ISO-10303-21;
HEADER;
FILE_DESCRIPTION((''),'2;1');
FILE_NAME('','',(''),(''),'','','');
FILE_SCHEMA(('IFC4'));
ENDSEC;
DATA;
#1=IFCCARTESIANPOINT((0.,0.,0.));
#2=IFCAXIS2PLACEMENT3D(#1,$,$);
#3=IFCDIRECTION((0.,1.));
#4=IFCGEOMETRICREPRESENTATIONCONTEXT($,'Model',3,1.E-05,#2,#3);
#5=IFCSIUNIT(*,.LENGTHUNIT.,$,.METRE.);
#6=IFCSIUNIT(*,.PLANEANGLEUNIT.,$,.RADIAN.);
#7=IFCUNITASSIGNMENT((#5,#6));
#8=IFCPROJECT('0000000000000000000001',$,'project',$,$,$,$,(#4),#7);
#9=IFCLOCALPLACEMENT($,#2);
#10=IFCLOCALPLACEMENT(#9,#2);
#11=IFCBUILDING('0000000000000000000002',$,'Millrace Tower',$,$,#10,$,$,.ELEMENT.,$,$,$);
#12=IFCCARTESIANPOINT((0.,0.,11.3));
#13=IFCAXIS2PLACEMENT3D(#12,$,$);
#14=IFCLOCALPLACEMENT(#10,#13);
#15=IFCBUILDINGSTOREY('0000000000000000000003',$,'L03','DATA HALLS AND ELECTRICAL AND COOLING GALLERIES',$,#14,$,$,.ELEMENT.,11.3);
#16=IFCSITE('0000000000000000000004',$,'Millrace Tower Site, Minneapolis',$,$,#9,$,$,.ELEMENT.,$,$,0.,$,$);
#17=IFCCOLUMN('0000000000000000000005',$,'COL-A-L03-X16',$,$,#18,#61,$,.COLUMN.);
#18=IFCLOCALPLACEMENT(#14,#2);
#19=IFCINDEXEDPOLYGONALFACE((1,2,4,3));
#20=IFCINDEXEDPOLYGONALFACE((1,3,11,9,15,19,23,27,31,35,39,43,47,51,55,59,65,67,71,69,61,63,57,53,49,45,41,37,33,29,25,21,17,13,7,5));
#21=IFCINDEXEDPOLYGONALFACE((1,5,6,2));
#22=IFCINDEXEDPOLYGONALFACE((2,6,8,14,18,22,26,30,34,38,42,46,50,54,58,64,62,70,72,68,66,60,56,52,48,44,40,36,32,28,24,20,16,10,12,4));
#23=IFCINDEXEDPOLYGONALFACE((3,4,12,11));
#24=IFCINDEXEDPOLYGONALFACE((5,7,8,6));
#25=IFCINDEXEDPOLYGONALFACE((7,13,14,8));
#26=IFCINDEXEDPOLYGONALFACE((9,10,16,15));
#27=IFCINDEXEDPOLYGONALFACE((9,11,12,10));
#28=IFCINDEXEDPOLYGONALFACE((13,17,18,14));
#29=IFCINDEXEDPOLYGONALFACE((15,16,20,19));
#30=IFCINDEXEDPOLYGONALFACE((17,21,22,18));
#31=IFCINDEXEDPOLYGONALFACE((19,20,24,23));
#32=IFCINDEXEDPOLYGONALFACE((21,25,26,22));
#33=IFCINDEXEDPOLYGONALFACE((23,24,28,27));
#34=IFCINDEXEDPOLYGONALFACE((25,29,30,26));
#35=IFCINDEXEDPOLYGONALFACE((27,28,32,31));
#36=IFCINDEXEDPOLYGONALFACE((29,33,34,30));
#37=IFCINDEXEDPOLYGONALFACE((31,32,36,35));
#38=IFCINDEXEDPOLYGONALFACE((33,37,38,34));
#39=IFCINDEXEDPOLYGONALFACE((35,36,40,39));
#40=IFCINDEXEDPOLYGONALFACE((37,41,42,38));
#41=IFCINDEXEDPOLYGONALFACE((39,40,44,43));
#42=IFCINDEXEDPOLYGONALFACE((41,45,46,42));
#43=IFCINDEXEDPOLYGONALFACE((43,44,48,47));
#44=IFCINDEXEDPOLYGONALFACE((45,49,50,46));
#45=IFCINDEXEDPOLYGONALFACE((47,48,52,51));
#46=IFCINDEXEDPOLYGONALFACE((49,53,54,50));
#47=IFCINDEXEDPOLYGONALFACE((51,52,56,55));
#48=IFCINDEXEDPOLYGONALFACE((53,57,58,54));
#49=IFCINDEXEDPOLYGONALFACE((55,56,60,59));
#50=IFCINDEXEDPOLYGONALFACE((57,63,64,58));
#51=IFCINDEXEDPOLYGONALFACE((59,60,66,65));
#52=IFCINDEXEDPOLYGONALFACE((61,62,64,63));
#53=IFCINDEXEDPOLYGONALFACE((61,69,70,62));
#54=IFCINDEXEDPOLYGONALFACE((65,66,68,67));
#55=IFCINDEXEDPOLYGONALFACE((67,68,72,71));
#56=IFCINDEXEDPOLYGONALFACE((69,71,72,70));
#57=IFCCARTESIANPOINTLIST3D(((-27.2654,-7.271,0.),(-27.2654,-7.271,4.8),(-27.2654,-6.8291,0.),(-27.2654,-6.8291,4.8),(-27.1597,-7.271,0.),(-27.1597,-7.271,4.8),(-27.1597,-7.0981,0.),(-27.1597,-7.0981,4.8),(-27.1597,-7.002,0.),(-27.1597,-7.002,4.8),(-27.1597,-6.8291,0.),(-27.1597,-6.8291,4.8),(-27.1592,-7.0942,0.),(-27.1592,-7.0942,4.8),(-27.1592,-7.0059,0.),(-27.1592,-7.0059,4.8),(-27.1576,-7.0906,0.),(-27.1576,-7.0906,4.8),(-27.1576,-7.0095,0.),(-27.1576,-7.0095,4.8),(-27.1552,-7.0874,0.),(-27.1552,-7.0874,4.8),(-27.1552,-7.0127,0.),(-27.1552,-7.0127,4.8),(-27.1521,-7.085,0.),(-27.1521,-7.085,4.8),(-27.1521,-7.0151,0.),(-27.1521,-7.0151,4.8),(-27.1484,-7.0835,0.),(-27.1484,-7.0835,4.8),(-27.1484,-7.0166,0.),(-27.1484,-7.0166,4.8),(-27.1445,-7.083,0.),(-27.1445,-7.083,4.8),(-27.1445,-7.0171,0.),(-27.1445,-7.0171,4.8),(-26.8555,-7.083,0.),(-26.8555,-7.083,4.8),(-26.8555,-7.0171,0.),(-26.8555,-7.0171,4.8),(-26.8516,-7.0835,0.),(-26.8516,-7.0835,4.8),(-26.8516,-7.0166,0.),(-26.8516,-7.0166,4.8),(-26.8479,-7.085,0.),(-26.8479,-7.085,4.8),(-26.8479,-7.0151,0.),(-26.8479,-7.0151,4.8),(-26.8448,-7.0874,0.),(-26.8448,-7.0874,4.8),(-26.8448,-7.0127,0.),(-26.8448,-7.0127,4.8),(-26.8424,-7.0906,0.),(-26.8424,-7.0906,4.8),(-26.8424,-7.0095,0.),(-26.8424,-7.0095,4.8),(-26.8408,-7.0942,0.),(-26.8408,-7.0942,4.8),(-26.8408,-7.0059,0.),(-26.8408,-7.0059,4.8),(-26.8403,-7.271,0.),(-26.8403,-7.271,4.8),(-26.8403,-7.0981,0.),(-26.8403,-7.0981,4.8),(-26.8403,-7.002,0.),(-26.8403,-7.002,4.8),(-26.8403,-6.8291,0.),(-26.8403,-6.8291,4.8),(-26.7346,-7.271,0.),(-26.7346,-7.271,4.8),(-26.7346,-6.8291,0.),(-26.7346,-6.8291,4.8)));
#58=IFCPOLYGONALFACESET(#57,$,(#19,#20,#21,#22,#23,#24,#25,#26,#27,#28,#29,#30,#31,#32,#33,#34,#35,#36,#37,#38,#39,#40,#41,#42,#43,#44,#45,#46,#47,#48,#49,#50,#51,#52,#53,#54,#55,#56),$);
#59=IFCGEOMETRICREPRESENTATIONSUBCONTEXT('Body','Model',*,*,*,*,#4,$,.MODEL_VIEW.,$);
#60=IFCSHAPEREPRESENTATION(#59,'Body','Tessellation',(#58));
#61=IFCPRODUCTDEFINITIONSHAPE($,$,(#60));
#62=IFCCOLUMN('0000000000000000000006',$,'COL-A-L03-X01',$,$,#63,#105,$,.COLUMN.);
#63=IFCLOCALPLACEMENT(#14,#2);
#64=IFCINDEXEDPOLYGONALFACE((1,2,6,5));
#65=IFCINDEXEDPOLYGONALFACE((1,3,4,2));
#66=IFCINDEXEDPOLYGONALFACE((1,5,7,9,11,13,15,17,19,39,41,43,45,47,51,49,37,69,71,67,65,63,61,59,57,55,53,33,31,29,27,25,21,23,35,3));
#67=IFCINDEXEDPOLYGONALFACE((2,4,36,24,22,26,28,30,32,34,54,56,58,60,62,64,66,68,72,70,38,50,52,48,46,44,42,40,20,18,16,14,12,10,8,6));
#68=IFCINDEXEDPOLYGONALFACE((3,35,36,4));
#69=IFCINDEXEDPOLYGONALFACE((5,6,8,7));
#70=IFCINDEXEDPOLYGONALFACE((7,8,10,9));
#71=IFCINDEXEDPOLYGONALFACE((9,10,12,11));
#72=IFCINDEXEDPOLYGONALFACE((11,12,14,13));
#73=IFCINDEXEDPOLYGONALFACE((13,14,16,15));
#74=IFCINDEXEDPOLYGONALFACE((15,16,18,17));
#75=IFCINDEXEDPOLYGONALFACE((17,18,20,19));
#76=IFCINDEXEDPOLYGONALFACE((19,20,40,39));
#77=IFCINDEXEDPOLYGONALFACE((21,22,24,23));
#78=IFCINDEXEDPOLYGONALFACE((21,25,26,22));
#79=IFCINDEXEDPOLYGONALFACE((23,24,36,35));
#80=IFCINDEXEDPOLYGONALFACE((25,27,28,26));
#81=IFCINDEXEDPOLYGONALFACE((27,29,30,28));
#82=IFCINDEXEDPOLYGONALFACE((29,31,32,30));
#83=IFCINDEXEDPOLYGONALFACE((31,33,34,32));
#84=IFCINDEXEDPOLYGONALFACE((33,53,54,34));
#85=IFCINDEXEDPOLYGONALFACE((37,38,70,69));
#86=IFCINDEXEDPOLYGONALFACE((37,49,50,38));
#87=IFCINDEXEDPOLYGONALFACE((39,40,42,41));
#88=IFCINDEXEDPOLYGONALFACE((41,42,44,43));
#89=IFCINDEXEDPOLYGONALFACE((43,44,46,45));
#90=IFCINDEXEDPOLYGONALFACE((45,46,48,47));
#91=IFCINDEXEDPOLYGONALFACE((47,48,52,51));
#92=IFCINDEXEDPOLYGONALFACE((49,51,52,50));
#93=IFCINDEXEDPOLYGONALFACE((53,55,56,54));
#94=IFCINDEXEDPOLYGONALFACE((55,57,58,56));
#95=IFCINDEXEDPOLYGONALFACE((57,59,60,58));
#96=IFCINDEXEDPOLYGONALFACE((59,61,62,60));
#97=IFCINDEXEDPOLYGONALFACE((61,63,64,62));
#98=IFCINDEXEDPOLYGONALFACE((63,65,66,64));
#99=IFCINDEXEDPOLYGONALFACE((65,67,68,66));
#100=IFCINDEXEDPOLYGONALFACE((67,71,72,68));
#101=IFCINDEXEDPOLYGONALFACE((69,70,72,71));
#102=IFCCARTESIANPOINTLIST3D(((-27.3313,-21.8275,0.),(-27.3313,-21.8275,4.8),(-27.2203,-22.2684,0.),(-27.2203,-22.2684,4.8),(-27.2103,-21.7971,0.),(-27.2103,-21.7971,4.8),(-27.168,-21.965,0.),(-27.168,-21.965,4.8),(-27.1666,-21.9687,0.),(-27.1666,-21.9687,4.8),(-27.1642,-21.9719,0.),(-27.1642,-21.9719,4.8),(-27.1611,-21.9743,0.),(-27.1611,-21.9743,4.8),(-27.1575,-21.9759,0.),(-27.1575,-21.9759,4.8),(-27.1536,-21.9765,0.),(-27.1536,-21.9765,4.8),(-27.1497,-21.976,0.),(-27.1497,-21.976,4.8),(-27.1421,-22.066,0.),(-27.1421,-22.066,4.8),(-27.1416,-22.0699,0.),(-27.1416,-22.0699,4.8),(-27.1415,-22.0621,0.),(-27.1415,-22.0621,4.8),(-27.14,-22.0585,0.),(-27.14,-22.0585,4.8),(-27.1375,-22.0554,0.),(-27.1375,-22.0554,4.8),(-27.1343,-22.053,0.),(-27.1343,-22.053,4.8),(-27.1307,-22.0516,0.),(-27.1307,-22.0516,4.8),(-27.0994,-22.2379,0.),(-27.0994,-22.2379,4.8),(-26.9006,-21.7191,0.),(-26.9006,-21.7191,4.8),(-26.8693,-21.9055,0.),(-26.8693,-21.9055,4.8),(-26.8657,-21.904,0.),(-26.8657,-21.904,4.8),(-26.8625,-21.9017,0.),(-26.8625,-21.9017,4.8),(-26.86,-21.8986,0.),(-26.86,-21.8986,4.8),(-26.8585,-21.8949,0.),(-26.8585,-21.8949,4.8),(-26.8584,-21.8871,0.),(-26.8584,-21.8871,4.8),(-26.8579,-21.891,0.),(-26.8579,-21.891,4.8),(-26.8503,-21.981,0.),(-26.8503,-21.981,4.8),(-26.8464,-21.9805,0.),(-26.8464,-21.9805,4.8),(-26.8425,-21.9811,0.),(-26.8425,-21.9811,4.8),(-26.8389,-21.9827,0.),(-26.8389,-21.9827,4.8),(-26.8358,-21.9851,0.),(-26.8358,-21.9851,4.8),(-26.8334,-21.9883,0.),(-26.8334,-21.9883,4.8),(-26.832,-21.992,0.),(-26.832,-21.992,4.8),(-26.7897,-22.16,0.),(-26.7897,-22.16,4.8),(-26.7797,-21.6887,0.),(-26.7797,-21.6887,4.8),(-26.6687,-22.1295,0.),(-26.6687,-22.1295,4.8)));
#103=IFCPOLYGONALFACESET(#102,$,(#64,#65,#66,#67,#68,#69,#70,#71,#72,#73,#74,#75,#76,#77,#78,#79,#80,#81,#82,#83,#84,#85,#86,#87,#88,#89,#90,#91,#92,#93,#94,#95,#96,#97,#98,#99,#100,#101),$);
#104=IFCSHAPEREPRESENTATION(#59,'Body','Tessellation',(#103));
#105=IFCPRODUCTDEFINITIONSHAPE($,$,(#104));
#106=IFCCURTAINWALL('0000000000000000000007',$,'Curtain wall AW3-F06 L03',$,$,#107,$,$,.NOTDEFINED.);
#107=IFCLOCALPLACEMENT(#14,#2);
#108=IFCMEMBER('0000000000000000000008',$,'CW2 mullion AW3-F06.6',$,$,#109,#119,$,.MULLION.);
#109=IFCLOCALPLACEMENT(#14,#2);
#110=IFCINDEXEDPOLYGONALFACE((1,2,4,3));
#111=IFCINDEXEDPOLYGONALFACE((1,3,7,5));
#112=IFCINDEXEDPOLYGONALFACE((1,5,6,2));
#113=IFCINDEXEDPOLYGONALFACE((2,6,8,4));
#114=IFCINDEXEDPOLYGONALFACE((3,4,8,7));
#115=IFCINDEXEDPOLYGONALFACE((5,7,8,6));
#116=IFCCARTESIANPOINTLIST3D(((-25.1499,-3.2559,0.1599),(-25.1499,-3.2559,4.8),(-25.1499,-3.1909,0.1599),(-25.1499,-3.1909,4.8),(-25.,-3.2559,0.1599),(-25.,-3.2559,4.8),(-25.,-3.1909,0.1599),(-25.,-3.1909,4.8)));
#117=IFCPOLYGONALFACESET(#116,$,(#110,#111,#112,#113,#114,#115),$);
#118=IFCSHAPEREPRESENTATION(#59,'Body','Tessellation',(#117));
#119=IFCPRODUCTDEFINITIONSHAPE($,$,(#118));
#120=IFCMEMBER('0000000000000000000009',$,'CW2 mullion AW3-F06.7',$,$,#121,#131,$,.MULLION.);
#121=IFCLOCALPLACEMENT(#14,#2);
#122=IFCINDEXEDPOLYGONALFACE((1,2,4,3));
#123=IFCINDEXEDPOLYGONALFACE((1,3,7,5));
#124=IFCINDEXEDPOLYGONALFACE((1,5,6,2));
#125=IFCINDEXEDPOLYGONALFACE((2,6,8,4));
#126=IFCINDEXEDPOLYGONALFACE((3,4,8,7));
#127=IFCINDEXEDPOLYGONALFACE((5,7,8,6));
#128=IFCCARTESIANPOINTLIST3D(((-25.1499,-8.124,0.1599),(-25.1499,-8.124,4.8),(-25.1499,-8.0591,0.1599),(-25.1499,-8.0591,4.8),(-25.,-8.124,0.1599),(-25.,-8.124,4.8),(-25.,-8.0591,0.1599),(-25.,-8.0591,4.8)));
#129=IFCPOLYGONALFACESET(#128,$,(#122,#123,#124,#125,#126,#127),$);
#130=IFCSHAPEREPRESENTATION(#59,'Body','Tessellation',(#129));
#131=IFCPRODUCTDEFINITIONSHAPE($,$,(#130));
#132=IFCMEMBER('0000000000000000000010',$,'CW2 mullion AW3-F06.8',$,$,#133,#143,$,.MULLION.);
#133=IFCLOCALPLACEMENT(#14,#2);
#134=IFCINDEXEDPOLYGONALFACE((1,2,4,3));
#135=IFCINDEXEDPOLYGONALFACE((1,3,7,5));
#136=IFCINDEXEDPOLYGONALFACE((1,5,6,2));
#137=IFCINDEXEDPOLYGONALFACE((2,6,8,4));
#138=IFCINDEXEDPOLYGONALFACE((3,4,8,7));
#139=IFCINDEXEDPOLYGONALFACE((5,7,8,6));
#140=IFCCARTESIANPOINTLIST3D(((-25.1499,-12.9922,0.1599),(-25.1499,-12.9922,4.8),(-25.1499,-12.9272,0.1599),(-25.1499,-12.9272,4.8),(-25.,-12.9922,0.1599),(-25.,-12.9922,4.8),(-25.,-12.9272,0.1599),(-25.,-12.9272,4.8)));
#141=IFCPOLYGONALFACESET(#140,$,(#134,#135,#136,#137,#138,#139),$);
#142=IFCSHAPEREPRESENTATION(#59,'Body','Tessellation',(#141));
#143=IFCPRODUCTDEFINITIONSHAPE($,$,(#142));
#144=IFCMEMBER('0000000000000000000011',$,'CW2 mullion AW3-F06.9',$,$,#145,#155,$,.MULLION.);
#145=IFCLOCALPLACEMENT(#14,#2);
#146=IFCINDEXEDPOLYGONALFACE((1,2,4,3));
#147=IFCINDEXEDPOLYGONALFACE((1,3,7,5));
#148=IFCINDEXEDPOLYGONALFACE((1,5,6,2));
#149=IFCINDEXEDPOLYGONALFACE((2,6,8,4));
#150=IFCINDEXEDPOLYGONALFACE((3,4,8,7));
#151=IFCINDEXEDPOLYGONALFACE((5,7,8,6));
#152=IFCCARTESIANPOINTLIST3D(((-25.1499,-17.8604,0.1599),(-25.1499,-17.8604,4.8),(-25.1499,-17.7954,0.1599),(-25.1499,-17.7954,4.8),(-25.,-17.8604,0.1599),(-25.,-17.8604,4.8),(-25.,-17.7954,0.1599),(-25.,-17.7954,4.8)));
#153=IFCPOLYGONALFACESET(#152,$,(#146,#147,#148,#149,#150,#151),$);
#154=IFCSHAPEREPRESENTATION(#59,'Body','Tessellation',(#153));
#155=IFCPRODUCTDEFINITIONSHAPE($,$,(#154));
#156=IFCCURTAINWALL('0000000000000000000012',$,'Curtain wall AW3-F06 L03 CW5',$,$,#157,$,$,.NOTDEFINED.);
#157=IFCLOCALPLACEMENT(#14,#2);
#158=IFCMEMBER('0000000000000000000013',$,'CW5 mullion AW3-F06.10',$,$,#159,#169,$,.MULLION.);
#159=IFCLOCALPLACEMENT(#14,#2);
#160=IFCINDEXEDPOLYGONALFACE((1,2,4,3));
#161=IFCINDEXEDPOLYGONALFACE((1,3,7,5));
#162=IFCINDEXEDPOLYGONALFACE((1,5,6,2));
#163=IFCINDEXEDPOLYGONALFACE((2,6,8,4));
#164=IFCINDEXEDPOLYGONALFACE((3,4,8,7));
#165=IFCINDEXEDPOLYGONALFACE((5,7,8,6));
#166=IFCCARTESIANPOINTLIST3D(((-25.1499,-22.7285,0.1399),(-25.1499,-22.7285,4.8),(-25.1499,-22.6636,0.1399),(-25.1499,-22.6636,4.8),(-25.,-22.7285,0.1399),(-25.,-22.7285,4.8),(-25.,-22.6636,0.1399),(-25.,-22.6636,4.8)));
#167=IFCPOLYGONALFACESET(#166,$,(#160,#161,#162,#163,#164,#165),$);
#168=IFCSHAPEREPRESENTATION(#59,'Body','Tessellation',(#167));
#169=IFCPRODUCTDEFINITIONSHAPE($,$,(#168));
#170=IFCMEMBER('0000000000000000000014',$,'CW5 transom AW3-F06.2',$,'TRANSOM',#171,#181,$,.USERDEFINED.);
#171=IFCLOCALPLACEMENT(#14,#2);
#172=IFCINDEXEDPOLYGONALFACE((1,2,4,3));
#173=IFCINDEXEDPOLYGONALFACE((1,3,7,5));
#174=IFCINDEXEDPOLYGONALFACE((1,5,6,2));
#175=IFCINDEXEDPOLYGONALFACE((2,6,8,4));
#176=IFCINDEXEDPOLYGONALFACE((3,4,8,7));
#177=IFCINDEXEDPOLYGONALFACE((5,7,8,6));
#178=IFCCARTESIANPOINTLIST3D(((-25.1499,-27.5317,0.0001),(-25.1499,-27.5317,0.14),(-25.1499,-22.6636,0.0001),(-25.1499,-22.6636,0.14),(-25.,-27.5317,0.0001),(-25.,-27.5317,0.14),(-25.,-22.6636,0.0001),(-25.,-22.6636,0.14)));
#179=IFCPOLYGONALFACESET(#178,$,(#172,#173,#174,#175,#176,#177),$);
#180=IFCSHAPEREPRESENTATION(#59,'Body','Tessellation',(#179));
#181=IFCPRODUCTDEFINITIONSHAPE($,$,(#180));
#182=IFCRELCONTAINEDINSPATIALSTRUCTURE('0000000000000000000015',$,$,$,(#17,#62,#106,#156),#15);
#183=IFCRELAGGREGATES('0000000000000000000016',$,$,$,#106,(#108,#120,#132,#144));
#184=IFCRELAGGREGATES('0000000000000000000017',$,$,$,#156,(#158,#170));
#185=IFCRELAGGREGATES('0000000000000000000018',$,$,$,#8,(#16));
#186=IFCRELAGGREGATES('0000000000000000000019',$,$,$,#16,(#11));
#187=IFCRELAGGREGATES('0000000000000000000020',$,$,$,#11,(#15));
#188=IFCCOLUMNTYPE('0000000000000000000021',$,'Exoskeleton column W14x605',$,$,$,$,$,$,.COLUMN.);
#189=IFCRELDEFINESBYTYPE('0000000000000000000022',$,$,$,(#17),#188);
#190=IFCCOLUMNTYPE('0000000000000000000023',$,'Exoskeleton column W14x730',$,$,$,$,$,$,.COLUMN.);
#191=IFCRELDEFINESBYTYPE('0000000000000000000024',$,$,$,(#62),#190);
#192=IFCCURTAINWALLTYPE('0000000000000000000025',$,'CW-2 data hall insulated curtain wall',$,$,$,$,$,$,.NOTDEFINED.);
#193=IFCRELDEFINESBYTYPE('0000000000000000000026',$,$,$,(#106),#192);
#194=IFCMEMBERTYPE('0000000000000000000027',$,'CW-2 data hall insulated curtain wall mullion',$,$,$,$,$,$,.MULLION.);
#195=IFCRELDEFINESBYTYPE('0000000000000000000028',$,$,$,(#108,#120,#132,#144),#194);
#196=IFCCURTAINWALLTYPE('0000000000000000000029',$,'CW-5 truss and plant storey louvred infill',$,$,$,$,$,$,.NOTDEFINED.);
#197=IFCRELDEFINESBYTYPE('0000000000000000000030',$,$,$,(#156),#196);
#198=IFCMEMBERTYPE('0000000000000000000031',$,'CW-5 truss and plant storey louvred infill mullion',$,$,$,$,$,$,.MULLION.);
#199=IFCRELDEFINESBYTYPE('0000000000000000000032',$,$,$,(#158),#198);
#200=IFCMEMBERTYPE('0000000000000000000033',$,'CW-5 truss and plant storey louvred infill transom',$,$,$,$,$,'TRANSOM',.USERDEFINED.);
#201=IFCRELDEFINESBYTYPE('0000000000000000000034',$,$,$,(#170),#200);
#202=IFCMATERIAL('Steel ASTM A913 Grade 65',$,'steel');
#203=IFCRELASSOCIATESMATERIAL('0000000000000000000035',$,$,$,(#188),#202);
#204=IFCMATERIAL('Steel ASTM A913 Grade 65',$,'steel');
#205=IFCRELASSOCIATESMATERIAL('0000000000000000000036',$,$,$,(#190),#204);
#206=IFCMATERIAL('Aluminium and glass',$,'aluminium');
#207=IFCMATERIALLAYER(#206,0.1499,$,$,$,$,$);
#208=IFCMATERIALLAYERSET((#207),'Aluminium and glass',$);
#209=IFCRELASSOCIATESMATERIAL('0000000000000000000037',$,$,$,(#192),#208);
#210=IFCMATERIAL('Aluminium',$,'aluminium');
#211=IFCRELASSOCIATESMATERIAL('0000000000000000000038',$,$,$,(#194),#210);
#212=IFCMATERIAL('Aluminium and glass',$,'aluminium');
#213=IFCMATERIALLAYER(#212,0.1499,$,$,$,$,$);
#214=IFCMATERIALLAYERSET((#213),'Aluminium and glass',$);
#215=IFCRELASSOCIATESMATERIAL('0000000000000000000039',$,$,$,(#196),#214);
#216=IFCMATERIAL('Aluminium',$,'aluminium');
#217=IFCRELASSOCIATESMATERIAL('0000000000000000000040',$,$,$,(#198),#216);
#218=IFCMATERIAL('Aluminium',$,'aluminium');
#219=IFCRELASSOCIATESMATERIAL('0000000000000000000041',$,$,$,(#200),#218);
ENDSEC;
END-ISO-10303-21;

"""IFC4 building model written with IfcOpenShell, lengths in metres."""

from ifc_helpers import new_model, si_unit, direction, frame, origin, origin_2d, place, context, subcontext, project, spatial, rectangle, i_section, extrude, material, layer, layer_set, material_profile, profile_set, type_object, element, aggregate, save


model = new_model("IFC4")

# Units and contexts
model_context = context("Model", 3, precision=1e-05, world=origin(), true_north=direction((0.0, 1.0)))
body_context = subcontext(model_context, "Body", "Model", "MODEL_VIEW")
ifc_project = project(units=[si_unit("LENGTHUNIT", "METRE"), si_unit("PLANEANGLEUNIT", "RADIAN")], contexts=[model_context])

# Site, building, storey
site_placement = place(None, origin())
site = spatial("IfcSite", under=ifc_project, at=site_placement, Name="Millrace Tower Site, Minneapolis", CompositionType="ELEMENT", RefElevation=0.0)
building_placement = place(site_placement, origin())
building = spatial("IfcBuilding", under=site, at=building_placement, Name="Millrace Tower", CompositionType="ELEMENT")
storey_placement = place(building_placement, frame((0.0, 0.0, 11.3)))
storey = spatial("IfcBuildingStorey", under=building, at=storey_placement, Name="L03", Description="DATA HALLS AND ELECTRICAL AND COOLING GALLERIES", CompositionType="ELEMENT", Elevation=11.3)

# Columns
ifc_material_1 = material(Name="Steel ASTM A913 Grade 65", Category="steel")
ifc_material_profile_1 = material_profile(ifc_material_1, i_section(OverallWidth=0.4419, OverallDepth=0.5308, WebThickness=0.0659, FlangeThickness=0.1057, FilletRadius=0.0151, at=origin_2d()))
ifc_profile_set_1 = profile_set([ifc_material_profile_1], Name="Steel ASTM A913 Grade 65")
column_type_1 = type_object("IfcColumnType", Name="Exoskeleton column W14x605", PredefinedType="COLUMN", material=ifc_profile_set_1)
column_1_placement = place(storey_placement, frame((-27.0, -7.05, 0.0), z_axis=(0.0, 0.0, 1.0), x_axis=(0.0, -1.0, 0.0)))
element("IfcColumn", 1, at=column_1_placement, inside=storey, type_object=column_type_1, Name="COL-A-L03-X16", PredefinedType="COLUMN", context=body_context, shape_type="SweptSolid", body=[
    extrude(i_section(OverallWidth=0.4419, OverallDepth=0.5308, WebThickness=0.0659, FlangeThickness=0.1057, FilletRadius=0.0151, at=origin_2d()), origin(), (0.0, 0.0, 1.0), 4.8),
])
ifc_material_2 = material(Name="Steel ASTM A913 Grade 65", Category="steel")
ifc_material_profile_2 = material_profile(ifc_material_2, i_section(OverallWidth=0.4546, OverallDepth=0.5688, WebThickness=0.0779, FlangeThickness=0.1248, FilletRadius=0.0151, at=origin_2d()))
ifc_profile_set_2 = profile_set([ifc_material_profile_2], Name="Steel ASTM A913 Grade 65")
column_type_2 = type_object("IfcColumnType", Name="Exoskeleton column W14x730", PredefinedType="COLUMN", material=ifc_profile_set_2)
column_2_placement = place(storey_placement, frame((-27.0, -21.9785, 0.0), z_axis=(0.0, 0.0, 1.0), x_axis=(0.244094, -0.969752, 0.0)))
element("IfcColumn", 2, at=column_2_placement, inside=storey, type_object=column_type_2, Name="COL-A-L03-X01", PredefinedType="COLUMN", context=body_context, shape_type="SweptSolid", body=[
    extrude(i_section(OverallWidth=0.4546, OverallDepth=0.5688, WebThickness=0.0779, FlangeThickness=0.1248, FilletRadius=0.0151, at=origin_2d()), origin(), (0.0, 0.0, 1.0), 4.8),
])

# Curtain walls, members
ifc_material_3 = material(Name="Aluminium and glass", Category="aluminium")
ifc_layer_1 = layer(ifc_material_3, 0.1499)
ifc_layer_set_1 = layer_set([ifc_layer_1], Name="Aluminium and glass")
curtain_wall_type_1 = type_object("IfcCurtainWallType", Name="CW-2 data hall insulated curtain wall", PredefinedType="NOTDEFINED", material=ifc_layer_set_1)
placement = place(storey_placement, origin())
curtain_wall_1 = element("IfcCurtainWall", 3, at=placement, inside=storey, type_object=curtain_wall_type_1, Name="Curtain wall AW3-F06 L03", PredefinedType="NOTDEFINED")
ifc_material_4 = material(Name="Aluminium", Category="aluminium")
ifc_material_profile_3 = material_profile(ifc_material_4, rectangle(XDim=0.0649, YDim=0.1499, at=origin_2d()))
ifc_profile_set_3 = profile_set([ifc_material_profile_3], Name="Aluminium")
member_type_1 = type_object("IfcMemberType", Name="CW-2 data hall insulated curtain wall mullion", PredefinedType="MULLION", material=ifc_profile_set_3)
member_1_placement = place(storey_placement, frame((-25.075, -3.2234, 0.1599), z_axis=(0.0, 0.0, 1.0), x_axis=(0.0, -1.0, 0.0)))
member_1 = element("IfcMember", 4, at=member_1_placement, type_object=member_type_1, Name="CW2 mullion AW3-F06.6", PredefinedType="MULLION", context=body_context, shape_type="SweptSolid", body=[
    extrude(rectangle(XDim=0.0649, YDim=0.1499, at=origin_2d()), origin(), (0.0, 0.0, 1.0), 4.6401),
])
member_2_placement = place(storey_placement, frame((-25.075, -8.0916, 0.1599), z_axis=(0.0, 0.0, 1.0), x_axis=(0.0, -1.0, 0.0)))
member_2 = element("IfcMember", 5, at=member_2_placement, type_object=member_type_1, Name="CW2 mullion AW3-F06.7", PredefinedType="MULLION", context=body_context, shape_type="SweptSolid", body=[
    extrude(rectangle(XDim=0.0649, YDim=0.1499, at=origin_2d()), origin(), (0.0, 0.0, 1.0), 4.6401),
])
member_3_placement = place(storey_placement, frame((-25.075, -12.9597, 0.1599), z_axis=(0.0, 0.0, 1.0), x_axis=(0.0, -1.0, 0.0)))
member_3 = element("IfcMember", 6, at=member_3_placement, type_object=member_type_1, Name="CW2 mullion AW3-F06.8", PredefinedType="MULLION", context=body_context, shape_type="SweptSolid", body=[
    extrude(rectangle(XDim=0.0649, YDim=0.1499, at=origin_2d()), origin(), (0.0, 0.0, 1.0), 4.6401),
])
member_4_placement = place(storey_placement, frame((-25.075, -17.8279, 0.1599), z_axis=(0.0, 0.0, 1.0), x_axis=(0.0, -1.0, 0.0)))
member_4 = element("IfcMember", 7, at=member_4_placement, type_object=member_type_1, Name="CW2 mullion AW3-F06.9", PredefinedType="MULLION", context=body_context, shape_type="SweptSolid", body=[
    extrude(rectangle(XDim=0.0649, YDim=0.1499, at=origin_2d()), origin(), (0.0, 0.0, 1.0), 4.6401),
])
aggregate(curtain_wall_1, [member_1, member_2, member_3, member_4])
ifc_material_5 = material(Name="Aluminium and glass", Category="aluminium")
ifc_layer_2 = layer(ifc_material_5, 0.1499)
ifc_layer_set_2 = layer_set([ifc_layer_2], Name="Aluminium and glass")
curtain_wall_type_2 = type_object("IfcCurtainWallType", Name="CW-5 truss and plant storey louvred infill", PredefinedType="NOTDEFINED", material=ifc_layer_set_2)
curtain_wall_2 = element("IfcCurtainWall", 8, at=placement, inside=storey, type_object=curtain_wall_type_2, Name="Curtain wall AW3-F06 L03 CW5", PredefinedType="NOTDEFINED")
ifc_material_6 = material(Name="Aluminium", Category="aluminium")
ifc_material_profile_4 = material_profile(ifc_material_6, rectangle(XDim=0.0649, YDim=0.1499, at=origin_2d()))
ifc_profile_set_4 = profile_set([ifc_material_profile_4], Name="Aluminium")
member_type_2 = type_object("IfcMemberType", Name="CW-5 truss and plant storey louvred infill mullion", PredefinedType="MULLION", material=ifc_profile_set_4)
member_5_placement = place(storey_placement, frame((-25.075, -22.696, 0.1399), z_axis=(0.0, 0.0, 1.0), x_axis=(0.0, -1.0, 0.0)))
member_5 = element("IfcMember", 9, at=member_5_placement, type_object=member_type_2, Name="CW5 mullion AW3-F06.10", PredefinedType="MULLION", context=body_context, shape_type="SweptSolid", body=[
    extrude(rectangle(XDim=0.0649, YDim=0.1499, at=origin_2d()), origin(), (0.0, 0.0, 1.0), 4.6602),
])
ifc_material_7 = material(Name="Aluminium", Category="aluminium")
ifc_material_profile_5 = material_profile(ifc_material_7, rectangle(XDim=0.1499, YDim=0.1399, at=origin_2d()))
ifc_profile_set_5 = profile_set([ifc_material_profile_5], Name="Aluminium")
member_type_3 = type_object("IfcMemberType", Name="CW-5 truss and plant storey louvred infill transom", ElementType="TRANSOM", PredefinedType="USERDEFINED", material=ifc_profile_set_5)
member_6_placement = place(storey_placement, frame((-25.075, -22.6636, 0.0701), z_axis=(0.0, -1.0, 0.0), x_axis=(1.0, 0.0, 0.0)))
member_6 = element("IfcMember", 10, at=member_6_placement, type_object=member_type_3, Name="CW5 transom AW3-F06.2", ObjectType="TRANSOM", PredefinedType="USERDEFINED", context=body_context, shape_type="SweptSolid", body=[
    extrude(rectangle(XDim=0.1499, YDim=0.1399, at=origin_2d()), origin(), (0.0, 0.0, 1.0), 4.8682),
])
aggregate(curtain_wall_2, [member_5, member_6])

save(model, "model.ifc")
